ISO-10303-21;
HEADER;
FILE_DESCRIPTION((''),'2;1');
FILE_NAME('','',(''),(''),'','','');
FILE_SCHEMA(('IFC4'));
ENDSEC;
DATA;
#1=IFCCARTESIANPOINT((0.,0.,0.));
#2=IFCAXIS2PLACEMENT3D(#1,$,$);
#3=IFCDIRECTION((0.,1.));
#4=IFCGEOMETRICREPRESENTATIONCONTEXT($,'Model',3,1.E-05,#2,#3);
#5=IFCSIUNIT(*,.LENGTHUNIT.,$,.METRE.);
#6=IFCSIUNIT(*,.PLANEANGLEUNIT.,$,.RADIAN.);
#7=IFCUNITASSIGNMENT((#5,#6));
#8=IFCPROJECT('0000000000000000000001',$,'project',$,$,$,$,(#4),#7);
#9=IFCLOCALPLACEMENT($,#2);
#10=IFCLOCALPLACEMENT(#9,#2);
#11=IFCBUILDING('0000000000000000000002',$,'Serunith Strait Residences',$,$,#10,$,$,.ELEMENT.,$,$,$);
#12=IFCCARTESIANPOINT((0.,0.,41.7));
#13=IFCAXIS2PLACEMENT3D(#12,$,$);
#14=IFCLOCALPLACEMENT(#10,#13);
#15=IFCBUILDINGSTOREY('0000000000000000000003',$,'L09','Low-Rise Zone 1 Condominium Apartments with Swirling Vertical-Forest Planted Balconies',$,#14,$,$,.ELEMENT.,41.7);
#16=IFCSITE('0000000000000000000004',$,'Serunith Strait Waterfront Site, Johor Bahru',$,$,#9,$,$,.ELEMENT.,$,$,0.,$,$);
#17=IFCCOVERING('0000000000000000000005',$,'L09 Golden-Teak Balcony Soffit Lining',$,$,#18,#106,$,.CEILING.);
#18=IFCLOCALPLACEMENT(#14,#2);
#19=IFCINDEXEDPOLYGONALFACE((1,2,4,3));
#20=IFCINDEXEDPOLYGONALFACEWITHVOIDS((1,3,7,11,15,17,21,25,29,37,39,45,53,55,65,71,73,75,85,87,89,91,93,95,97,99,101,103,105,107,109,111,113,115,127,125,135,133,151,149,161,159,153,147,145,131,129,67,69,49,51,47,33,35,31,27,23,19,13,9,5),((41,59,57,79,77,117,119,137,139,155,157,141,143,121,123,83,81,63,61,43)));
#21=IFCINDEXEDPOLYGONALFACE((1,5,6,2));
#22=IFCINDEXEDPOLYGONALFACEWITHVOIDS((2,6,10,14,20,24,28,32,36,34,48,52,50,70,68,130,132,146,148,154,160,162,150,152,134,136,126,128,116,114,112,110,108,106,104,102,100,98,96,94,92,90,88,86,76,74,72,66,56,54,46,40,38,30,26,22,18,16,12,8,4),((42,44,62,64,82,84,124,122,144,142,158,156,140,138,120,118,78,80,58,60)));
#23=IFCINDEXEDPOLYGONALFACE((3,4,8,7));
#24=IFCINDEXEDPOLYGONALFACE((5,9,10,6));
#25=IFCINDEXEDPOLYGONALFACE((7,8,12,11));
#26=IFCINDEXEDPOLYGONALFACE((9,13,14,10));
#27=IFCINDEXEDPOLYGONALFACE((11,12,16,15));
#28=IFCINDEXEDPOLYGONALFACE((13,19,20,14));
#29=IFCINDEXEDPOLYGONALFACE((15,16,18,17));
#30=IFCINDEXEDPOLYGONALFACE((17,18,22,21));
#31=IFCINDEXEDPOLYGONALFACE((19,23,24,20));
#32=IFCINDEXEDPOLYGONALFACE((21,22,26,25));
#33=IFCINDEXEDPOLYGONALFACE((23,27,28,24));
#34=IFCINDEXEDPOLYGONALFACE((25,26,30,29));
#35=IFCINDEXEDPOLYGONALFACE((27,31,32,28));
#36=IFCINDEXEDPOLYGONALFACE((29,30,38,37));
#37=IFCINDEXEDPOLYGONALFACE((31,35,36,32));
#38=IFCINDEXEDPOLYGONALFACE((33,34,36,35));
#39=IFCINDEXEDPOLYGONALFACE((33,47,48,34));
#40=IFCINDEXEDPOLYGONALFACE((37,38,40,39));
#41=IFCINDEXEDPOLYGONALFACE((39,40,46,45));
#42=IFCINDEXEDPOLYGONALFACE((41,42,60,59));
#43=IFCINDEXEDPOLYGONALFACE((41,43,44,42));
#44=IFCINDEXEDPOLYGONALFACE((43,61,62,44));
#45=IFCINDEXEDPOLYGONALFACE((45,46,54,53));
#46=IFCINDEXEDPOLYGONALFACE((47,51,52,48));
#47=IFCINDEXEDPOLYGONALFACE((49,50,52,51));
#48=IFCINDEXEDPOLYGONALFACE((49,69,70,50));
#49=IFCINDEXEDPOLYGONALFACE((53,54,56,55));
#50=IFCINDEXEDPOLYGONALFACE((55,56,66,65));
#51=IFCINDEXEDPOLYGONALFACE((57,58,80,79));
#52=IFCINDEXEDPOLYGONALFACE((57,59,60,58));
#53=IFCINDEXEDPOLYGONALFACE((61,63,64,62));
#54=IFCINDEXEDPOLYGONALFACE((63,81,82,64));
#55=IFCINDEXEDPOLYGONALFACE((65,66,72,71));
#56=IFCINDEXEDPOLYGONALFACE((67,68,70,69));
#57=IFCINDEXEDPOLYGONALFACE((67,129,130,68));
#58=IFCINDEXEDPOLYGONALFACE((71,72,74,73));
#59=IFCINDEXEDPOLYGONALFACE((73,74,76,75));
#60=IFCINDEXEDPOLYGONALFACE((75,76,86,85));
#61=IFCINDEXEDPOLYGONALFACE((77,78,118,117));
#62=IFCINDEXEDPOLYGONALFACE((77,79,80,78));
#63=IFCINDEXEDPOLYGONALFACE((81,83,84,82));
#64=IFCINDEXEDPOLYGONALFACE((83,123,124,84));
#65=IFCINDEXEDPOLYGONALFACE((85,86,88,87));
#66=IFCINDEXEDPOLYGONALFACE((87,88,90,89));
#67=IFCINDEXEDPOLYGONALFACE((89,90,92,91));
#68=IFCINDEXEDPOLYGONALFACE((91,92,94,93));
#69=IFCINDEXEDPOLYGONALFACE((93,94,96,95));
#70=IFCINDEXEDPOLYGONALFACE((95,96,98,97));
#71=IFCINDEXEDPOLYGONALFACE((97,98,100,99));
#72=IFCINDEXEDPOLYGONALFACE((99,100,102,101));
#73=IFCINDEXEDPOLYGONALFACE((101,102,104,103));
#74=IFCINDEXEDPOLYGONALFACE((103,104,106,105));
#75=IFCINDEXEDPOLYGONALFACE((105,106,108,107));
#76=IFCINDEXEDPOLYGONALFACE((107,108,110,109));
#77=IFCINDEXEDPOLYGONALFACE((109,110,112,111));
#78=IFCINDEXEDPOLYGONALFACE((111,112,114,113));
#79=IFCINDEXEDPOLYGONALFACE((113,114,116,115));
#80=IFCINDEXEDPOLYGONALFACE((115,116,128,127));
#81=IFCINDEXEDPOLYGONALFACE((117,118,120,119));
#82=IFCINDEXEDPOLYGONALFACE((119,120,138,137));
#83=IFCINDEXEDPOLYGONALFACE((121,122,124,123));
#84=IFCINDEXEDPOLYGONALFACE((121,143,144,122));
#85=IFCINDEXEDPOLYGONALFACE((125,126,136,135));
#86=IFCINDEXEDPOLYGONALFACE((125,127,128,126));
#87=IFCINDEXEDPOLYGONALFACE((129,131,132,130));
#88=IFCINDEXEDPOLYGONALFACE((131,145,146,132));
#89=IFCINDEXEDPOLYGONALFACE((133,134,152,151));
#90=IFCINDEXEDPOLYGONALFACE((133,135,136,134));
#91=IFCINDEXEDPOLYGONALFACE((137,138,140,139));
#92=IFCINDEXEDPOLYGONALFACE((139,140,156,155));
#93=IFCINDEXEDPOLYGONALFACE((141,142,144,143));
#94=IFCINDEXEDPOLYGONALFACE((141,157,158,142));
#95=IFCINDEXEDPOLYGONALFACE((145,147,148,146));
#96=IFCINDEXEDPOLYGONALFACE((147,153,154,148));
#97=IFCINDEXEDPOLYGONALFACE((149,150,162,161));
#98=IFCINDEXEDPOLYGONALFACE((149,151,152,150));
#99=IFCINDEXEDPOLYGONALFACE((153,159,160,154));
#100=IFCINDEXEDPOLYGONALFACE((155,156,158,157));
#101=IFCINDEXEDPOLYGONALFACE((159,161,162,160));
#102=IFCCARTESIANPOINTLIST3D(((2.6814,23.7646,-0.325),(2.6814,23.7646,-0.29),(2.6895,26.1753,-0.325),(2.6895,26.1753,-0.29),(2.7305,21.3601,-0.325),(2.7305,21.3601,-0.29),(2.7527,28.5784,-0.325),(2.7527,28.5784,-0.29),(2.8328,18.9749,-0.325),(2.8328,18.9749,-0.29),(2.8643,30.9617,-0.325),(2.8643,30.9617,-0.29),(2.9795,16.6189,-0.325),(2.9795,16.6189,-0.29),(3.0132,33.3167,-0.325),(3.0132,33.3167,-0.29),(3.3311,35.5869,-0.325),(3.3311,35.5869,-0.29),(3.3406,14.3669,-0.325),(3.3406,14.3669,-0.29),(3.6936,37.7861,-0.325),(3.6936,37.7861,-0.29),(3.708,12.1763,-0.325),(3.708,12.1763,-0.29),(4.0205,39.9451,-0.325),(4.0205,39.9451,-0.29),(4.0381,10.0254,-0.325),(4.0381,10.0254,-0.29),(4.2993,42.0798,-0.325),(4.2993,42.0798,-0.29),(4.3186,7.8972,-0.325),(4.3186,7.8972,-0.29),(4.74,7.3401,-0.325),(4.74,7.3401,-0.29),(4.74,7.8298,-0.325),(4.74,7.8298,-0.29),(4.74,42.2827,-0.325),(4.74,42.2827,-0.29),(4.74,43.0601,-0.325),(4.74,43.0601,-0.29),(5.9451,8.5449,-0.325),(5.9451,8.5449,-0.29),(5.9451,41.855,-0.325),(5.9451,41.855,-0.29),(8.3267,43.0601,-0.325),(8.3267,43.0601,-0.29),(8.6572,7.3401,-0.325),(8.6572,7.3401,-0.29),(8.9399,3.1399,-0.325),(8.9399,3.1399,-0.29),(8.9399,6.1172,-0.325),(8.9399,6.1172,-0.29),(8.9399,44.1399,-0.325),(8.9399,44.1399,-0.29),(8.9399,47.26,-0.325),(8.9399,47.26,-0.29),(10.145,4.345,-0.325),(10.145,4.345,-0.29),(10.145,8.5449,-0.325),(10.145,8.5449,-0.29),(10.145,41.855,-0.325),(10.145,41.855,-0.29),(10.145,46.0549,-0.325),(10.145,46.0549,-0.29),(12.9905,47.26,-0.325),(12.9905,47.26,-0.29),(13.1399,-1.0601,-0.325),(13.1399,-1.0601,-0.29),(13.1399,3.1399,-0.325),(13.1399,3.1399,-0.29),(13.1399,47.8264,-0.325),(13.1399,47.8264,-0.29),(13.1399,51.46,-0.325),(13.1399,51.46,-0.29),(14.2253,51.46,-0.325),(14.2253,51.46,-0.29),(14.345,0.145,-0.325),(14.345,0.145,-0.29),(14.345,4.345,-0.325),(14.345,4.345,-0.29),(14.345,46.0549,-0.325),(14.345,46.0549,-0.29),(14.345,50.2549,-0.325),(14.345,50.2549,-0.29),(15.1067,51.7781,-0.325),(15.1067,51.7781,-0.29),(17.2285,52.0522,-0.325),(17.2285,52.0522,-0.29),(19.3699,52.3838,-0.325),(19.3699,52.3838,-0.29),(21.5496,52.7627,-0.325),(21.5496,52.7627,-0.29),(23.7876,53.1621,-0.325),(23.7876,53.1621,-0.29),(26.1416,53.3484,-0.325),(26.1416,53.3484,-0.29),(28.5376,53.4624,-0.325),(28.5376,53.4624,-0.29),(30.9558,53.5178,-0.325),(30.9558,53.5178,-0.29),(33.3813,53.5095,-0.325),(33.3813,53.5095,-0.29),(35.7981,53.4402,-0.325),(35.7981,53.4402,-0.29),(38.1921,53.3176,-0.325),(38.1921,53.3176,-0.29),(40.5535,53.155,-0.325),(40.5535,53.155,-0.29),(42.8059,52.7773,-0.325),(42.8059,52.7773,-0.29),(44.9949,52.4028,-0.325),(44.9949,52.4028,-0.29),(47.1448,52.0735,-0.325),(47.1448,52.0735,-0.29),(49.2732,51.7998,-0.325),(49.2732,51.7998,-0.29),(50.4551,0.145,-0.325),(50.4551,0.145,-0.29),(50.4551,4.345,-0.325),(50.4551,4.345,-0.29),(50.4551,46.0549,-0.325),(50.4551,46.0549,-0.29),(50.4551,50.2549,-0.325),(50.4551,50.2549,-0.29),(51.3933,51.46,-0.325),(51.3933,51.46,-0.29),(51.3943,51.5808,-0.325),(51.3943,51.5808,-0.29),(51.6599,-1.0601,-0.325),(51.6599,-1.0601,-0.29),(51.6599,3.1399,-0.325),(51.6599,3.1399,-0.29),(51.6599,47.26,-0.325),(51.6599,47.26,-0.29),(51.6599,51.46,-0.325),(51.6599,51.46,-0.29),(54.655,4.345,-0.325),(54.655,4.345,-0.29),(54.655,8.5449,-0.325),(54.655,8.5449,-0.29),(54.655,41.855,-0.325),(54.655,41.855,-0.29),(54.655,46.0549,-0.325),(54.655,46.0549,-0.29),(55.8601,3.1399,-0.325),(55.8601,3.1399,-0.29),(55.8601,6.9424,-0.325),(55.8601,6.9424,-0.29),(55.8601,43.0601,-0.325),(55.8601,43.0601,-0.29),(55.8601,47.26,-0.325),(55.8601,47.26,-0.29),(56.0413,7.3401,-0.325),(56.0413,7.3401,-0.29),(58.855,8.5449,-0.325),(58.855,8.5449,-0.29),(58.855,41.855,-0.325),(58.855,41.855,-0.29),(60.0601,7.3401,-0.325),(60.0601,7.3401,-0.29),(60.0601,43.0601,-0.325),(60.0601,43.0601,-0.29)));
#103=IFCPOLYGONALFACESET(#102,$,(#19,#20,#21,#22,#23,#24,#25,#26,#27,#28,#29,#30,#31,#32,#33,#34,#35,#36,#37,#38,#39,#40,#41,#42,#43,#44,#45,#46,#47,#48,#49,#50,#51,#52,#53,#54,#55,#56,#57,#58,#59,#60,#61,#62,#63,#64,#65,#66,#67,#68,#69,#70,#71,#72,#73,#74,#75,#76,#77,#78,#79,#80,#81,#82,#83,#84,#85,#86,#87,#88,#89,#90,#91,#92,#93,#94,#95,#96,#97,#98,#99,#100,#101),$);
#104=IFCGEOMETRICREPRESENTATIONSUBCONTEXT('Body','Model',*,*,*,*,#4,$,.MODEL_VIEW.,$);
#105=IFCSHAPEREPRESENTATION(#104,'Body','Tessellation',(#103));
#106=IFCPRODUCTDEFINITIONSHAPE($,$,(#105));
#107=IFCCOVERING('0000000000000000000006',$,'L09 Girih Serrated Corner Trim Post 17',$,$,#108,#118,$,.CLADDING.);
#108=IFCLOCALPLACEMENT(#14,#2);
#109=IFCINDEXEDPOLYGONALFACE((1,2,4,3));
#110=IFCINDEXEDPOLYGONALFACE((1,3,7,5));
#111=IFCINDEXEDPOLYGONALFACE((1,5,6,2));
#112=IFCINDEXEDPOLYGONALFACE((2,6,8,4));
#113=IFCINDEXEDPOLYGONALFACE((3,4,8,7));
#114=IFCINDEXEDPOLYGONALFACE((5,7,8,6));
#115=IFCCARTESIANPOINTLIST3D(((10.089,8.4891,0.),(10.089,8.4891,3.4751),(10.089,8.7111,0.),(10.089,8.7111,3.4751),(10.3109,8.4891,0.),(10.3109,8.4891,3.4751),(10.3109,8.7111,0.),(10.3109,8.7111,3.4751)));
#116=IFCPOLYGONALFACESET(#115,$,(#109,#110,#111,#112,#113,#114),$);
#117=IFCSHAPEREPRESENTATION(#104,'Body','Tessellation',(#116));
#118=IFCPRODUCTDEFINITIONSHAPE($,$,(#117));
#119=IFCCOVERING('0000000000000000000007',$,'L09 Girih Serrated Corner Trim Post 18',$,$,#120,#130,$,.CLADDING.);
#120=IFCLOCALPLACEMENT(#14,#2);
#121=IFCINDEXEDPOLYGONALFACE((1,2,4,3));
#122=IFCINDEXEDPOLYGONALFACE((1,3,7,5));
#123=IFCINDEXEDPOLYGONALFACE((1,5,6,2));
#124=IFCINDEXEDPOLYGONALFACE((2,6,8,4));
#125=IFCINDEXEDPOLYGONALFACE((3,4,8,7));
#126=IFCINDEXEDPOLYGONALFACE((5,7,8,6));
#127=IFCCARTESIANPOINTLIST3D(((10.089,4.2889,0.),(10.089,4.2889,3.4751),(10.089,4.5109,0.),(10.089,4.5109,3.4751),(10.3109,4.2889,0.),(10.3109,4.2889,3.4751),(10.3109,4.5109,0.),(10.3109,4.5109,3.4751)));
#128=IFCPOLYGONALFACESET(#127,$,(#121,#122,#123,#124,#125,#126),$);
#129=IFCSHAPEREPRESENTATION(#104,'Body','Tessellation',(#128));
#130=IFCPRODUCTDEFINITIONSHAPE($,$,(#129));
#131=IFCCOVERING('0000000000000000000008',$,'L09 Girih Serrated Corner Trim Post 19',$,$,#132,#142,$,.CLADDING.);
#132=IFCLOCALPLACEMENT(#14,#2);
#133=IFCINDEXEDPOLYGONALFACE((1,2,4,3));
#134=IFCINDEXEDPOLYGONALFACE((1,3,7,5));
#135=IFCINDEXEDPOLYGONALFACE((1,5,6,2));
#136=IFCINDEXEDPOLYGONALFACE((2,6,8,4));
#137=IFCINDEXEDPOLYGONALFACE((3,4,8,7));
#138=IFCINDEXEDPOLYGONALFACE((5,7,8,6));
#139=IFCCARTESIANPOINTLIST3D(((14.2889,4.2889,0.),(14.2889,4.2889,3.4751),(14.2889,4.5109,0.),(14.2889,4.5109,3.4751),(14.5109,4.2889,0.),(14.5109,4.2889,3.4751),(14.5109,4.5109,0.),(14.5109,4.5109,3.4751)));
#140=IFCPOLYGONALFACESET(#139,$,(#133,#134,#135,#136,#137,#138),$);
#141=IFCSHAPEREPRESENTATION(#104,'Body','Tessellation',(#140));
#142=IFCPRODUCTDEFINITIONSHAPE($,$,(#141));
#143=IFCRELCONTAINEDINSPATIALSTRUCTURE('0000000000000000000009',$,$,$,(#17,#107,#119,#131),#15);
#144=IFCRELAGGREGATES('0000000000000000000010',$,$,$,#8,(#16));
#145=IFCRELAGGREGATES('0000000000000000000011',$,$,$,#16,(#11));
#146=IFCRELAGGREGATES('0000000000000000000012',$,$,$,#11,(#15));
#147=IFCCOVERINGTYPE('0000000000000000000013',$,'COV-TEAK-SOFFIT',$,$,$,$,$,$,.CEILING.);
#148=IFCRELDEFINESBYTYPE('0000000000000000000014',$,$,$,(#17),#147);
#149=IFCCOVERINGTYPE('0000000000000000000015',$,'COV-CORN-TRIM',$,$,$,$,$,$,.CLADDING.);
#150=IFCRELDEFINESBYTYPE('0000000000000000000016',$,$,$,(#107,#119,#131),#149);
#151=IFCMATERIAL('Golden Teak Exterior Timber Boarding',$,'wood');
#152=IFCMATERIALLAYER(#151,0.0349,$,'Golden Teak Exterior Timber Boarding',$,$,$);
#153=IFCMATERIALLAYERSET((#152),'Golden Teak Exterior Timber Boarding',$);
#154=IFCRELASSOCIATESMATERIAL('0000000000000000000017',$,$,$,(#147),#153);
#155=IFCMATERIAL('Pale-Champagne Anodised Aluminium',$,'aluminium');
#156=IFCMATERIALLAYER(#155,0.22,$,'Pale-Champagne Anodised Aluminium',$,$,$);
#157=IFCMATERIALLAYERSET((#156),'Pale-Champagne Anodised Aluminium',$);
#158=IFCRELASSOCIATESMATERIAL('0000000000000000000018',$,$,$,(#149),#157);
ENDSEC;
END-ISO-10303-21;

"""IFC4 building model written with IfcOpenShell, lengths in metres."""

from ifc_helpers import new_model, si_unit, direction, frame, origin, origin_2d, place, context, subcontext, project, spatial, polyline, rectangle, outline, extrude, source, transform, mapped, material, layer, layer_set, type_object, element, save


model = new_model("IFC4")

# Units and contexts
model_context = context("Model", 3, precision=1e-05, world=origin(), true_north=direction((0.0, 1.0)))
body_context = subcontext(model_context, "Body", "Model", "MODEL_VIEW")
ifc_project = project(units=[si_unit("LENGTHUNIT", "METRE"), si_unit("PLANEANGLEUNIT", "RADIAN")], contexts=[model_context])

# Site, building, storey
site_placement = place(None, origin())
site = spatial("IfcSite", under=ifc_project, at=site_placement, Name="Serunith Strait Waterfront Site, Johor Bahru", CompositionType="ELEMENT", RefElevation=0.0)
building_placement = place(site_placement, origin())
building = spatial("IfcBuilding", under=site, at=building_placement, Name="Serunith Strait Residences", CompositionType="ELEMENT")
storey_placement = place(building_placement, frame((0.0, 0.0, 41.7)))
storey = spatial("IfcBuildingStorey", under=building, at=storey_placement, Name="L09", Description="Low-Rise Zone 1 Condominium Apartments with Swirling Vertical-Forest Planted Balconies", CompositionType="ELEMENT", Elevation=41.7)

# Shared definitions
ifc_material_1 = material(Name="Pale-Champagne Anodised Aluminium", Category="aluminium")

# Covering
ifc_material_2 = material(Name="Golden Teak Exterior Timber Boarding", Category="wood")
ifc_layer_1 = layer(ifc_material_2, 0.0349, Name="Golden Teak Exterior Timber Boarding")
ifc_layer_set_1 = layer_set([ifc_layer_1], Name="Golden Teak Exterior Timber Boarding")
covering_type_1 = type_object("IfcCoveringType", Name="COV-TEAK-SOFFIT", PredefinedType="CEILING", material=ifc_layer_set_1)
covering_placement = place(storey_placement, frame((0.0, 0.0, -0.325)))
element("IfcCovering", 1, at=covering_placement, inside=storey, type_object=covering_type_1, Name="L09 Golden-Teak Balcony Soffit Lining", PredefinedType="CEILING", context=body_context, shape_type="SweptSolid", body=[
    extrude(outline(polyline([(4.74, 7.8298), (4.3186, 7.8972), (4.0381, 10.0254), (3.708, 12.1763), (3.3406, 14.3669), (2.9795, 16.6189), (2.8328, 18.9749), (2.7305, 21.3601), (2.6814, 23.7646), (2.6895, 26.1753), (2.7527, 28.5784), (2.8643, 30.9617), (3.0132, 33.3167), (3.3311, 35.5869), (3.6936, 37.7861), (4.0205, 39.9451), (4.2993, 42.0798), (4.74, 42.2827), (4.74, 43.0601), (8.3267, 43.0601), (8.9399, 44.1399), (8.9399, 47.26), (12.9905, 47.26), (13.1399, 47.8264), (13.1399, 51.46), (14.2253, 51.46), (15.1067, 51.7781), (17.2285, 52.0522), (19.3699, 52.3838), (21.5496, 52.7627), (23.7876, 53.1621), (26.1416, 53.3484), (28.5376, 53.4624), (30.9558, 53.5178), (33.3813, 53.5095), (35.7981, 53.4402), (38.1921, 53.3176), (40.5535, 53.155), (42.8059, 52.7773), (44.9949, 52.4028), (47.1448, 52.0735), (49.2732, 51.7998), (51.3943, 51.5808), (51.3933, 51.46), (51.6599, 51.46), (51.6599, 47.26), (55.8601, 47.26), (55.8601, 43.0601), (60.0601, 43.0601), (60.0601, 7.3401), (56.0413, 7.3401), (55.8601, 6.9424), (55.8601, 3.1399), (51.6599, 3.1399), (51.6599, -1.0601), (13.1399, -1.0601), (13.1399, 3.1399), (8.9399, 3.1399), (8.9399, 6.1172), (8.6572, 7.3401), (4.74, 7.3401), (4.74, 7.8298)]), holes=[polyline([(50.4551, 0.145), (50.4551, 4.345), (54.655, 4.345), (54.655, 8.5449), (58.855, 8.5449), (58.855, 41.855), (54.655, 41.855), (54.655, 46.0549), (50.4551, 46.0549), (50.4551, 50.2549), (14.345, 50.2549), (14.345, 46.0549), (10.145, 46.0549), (10.145, 41.855), (5.9451, 41.855), (5.9451, 8.5449), (10.145, 8.5449), (10.145, 4.345), (14.345, 4.345), (14.345, 0.145), (50.4551, 0.145)])]), origin(), (0.0, 0.0, 1.0), 0.0349),
])

# Coverings
ifc_layer_2 = layer(ifc_material_1, 0.22, Name="Pale-Champagne Anodised Aluminium")
ifc_layer_set_2 = layer_set([ifc_layer_2], Name="Pale-Champagne Anodised Aluminium")
covering_type_2 = type_object("IfcCoveringType", Name="COV-CORN-TRIM", PredefinedType="CLADDING", material=ifc_layer_set_2)
shared_shape_1 = source(origin(), body_context, "Body", "SweptSolid", [
    extrude(rectangle(XDim=0.2219, YDim=0.2219, at=origin_2d()), origin(), (0.0, 0.0, 1.0), 3.4751),
])
for number, where, z_axis, x_axis, name in (
    (2, (10.2, 8.6001, 0.0), (0.0, 0.0, 1.0), (1.0, 0.0, 0.0), "L09 Girih Serrated Corner Trim Post 17"),
    (3, (10.2, 4.3999, 0.0), (0.0, 0.0, 1.0), (1.0, 0.0, 0.0), "L09 Girih Serrated Corner Trim Post 18"),
    (4, (14.3999, 4.3999, 0.0), (0.0, 0.0, 1.0), (1.0, 0.0, 0.0), "L09 Girih Serrated Corner Trim Post 19"),
):
    element("IfcCovering", number, at=place(storey_placement, frame(where, z_axis=z_axis, x_axis=x_axis)), inside=storey, type_object=covering_type_2, Name=name, PredefinedType="CLADDING", context=body_context, shape_type="MappedRepresentation", body=[
        mapped(shared_shape_1, transform((0.0, 0.0, 0.0), scale=1.0)),
    ])

save(model, "model.ifc")
